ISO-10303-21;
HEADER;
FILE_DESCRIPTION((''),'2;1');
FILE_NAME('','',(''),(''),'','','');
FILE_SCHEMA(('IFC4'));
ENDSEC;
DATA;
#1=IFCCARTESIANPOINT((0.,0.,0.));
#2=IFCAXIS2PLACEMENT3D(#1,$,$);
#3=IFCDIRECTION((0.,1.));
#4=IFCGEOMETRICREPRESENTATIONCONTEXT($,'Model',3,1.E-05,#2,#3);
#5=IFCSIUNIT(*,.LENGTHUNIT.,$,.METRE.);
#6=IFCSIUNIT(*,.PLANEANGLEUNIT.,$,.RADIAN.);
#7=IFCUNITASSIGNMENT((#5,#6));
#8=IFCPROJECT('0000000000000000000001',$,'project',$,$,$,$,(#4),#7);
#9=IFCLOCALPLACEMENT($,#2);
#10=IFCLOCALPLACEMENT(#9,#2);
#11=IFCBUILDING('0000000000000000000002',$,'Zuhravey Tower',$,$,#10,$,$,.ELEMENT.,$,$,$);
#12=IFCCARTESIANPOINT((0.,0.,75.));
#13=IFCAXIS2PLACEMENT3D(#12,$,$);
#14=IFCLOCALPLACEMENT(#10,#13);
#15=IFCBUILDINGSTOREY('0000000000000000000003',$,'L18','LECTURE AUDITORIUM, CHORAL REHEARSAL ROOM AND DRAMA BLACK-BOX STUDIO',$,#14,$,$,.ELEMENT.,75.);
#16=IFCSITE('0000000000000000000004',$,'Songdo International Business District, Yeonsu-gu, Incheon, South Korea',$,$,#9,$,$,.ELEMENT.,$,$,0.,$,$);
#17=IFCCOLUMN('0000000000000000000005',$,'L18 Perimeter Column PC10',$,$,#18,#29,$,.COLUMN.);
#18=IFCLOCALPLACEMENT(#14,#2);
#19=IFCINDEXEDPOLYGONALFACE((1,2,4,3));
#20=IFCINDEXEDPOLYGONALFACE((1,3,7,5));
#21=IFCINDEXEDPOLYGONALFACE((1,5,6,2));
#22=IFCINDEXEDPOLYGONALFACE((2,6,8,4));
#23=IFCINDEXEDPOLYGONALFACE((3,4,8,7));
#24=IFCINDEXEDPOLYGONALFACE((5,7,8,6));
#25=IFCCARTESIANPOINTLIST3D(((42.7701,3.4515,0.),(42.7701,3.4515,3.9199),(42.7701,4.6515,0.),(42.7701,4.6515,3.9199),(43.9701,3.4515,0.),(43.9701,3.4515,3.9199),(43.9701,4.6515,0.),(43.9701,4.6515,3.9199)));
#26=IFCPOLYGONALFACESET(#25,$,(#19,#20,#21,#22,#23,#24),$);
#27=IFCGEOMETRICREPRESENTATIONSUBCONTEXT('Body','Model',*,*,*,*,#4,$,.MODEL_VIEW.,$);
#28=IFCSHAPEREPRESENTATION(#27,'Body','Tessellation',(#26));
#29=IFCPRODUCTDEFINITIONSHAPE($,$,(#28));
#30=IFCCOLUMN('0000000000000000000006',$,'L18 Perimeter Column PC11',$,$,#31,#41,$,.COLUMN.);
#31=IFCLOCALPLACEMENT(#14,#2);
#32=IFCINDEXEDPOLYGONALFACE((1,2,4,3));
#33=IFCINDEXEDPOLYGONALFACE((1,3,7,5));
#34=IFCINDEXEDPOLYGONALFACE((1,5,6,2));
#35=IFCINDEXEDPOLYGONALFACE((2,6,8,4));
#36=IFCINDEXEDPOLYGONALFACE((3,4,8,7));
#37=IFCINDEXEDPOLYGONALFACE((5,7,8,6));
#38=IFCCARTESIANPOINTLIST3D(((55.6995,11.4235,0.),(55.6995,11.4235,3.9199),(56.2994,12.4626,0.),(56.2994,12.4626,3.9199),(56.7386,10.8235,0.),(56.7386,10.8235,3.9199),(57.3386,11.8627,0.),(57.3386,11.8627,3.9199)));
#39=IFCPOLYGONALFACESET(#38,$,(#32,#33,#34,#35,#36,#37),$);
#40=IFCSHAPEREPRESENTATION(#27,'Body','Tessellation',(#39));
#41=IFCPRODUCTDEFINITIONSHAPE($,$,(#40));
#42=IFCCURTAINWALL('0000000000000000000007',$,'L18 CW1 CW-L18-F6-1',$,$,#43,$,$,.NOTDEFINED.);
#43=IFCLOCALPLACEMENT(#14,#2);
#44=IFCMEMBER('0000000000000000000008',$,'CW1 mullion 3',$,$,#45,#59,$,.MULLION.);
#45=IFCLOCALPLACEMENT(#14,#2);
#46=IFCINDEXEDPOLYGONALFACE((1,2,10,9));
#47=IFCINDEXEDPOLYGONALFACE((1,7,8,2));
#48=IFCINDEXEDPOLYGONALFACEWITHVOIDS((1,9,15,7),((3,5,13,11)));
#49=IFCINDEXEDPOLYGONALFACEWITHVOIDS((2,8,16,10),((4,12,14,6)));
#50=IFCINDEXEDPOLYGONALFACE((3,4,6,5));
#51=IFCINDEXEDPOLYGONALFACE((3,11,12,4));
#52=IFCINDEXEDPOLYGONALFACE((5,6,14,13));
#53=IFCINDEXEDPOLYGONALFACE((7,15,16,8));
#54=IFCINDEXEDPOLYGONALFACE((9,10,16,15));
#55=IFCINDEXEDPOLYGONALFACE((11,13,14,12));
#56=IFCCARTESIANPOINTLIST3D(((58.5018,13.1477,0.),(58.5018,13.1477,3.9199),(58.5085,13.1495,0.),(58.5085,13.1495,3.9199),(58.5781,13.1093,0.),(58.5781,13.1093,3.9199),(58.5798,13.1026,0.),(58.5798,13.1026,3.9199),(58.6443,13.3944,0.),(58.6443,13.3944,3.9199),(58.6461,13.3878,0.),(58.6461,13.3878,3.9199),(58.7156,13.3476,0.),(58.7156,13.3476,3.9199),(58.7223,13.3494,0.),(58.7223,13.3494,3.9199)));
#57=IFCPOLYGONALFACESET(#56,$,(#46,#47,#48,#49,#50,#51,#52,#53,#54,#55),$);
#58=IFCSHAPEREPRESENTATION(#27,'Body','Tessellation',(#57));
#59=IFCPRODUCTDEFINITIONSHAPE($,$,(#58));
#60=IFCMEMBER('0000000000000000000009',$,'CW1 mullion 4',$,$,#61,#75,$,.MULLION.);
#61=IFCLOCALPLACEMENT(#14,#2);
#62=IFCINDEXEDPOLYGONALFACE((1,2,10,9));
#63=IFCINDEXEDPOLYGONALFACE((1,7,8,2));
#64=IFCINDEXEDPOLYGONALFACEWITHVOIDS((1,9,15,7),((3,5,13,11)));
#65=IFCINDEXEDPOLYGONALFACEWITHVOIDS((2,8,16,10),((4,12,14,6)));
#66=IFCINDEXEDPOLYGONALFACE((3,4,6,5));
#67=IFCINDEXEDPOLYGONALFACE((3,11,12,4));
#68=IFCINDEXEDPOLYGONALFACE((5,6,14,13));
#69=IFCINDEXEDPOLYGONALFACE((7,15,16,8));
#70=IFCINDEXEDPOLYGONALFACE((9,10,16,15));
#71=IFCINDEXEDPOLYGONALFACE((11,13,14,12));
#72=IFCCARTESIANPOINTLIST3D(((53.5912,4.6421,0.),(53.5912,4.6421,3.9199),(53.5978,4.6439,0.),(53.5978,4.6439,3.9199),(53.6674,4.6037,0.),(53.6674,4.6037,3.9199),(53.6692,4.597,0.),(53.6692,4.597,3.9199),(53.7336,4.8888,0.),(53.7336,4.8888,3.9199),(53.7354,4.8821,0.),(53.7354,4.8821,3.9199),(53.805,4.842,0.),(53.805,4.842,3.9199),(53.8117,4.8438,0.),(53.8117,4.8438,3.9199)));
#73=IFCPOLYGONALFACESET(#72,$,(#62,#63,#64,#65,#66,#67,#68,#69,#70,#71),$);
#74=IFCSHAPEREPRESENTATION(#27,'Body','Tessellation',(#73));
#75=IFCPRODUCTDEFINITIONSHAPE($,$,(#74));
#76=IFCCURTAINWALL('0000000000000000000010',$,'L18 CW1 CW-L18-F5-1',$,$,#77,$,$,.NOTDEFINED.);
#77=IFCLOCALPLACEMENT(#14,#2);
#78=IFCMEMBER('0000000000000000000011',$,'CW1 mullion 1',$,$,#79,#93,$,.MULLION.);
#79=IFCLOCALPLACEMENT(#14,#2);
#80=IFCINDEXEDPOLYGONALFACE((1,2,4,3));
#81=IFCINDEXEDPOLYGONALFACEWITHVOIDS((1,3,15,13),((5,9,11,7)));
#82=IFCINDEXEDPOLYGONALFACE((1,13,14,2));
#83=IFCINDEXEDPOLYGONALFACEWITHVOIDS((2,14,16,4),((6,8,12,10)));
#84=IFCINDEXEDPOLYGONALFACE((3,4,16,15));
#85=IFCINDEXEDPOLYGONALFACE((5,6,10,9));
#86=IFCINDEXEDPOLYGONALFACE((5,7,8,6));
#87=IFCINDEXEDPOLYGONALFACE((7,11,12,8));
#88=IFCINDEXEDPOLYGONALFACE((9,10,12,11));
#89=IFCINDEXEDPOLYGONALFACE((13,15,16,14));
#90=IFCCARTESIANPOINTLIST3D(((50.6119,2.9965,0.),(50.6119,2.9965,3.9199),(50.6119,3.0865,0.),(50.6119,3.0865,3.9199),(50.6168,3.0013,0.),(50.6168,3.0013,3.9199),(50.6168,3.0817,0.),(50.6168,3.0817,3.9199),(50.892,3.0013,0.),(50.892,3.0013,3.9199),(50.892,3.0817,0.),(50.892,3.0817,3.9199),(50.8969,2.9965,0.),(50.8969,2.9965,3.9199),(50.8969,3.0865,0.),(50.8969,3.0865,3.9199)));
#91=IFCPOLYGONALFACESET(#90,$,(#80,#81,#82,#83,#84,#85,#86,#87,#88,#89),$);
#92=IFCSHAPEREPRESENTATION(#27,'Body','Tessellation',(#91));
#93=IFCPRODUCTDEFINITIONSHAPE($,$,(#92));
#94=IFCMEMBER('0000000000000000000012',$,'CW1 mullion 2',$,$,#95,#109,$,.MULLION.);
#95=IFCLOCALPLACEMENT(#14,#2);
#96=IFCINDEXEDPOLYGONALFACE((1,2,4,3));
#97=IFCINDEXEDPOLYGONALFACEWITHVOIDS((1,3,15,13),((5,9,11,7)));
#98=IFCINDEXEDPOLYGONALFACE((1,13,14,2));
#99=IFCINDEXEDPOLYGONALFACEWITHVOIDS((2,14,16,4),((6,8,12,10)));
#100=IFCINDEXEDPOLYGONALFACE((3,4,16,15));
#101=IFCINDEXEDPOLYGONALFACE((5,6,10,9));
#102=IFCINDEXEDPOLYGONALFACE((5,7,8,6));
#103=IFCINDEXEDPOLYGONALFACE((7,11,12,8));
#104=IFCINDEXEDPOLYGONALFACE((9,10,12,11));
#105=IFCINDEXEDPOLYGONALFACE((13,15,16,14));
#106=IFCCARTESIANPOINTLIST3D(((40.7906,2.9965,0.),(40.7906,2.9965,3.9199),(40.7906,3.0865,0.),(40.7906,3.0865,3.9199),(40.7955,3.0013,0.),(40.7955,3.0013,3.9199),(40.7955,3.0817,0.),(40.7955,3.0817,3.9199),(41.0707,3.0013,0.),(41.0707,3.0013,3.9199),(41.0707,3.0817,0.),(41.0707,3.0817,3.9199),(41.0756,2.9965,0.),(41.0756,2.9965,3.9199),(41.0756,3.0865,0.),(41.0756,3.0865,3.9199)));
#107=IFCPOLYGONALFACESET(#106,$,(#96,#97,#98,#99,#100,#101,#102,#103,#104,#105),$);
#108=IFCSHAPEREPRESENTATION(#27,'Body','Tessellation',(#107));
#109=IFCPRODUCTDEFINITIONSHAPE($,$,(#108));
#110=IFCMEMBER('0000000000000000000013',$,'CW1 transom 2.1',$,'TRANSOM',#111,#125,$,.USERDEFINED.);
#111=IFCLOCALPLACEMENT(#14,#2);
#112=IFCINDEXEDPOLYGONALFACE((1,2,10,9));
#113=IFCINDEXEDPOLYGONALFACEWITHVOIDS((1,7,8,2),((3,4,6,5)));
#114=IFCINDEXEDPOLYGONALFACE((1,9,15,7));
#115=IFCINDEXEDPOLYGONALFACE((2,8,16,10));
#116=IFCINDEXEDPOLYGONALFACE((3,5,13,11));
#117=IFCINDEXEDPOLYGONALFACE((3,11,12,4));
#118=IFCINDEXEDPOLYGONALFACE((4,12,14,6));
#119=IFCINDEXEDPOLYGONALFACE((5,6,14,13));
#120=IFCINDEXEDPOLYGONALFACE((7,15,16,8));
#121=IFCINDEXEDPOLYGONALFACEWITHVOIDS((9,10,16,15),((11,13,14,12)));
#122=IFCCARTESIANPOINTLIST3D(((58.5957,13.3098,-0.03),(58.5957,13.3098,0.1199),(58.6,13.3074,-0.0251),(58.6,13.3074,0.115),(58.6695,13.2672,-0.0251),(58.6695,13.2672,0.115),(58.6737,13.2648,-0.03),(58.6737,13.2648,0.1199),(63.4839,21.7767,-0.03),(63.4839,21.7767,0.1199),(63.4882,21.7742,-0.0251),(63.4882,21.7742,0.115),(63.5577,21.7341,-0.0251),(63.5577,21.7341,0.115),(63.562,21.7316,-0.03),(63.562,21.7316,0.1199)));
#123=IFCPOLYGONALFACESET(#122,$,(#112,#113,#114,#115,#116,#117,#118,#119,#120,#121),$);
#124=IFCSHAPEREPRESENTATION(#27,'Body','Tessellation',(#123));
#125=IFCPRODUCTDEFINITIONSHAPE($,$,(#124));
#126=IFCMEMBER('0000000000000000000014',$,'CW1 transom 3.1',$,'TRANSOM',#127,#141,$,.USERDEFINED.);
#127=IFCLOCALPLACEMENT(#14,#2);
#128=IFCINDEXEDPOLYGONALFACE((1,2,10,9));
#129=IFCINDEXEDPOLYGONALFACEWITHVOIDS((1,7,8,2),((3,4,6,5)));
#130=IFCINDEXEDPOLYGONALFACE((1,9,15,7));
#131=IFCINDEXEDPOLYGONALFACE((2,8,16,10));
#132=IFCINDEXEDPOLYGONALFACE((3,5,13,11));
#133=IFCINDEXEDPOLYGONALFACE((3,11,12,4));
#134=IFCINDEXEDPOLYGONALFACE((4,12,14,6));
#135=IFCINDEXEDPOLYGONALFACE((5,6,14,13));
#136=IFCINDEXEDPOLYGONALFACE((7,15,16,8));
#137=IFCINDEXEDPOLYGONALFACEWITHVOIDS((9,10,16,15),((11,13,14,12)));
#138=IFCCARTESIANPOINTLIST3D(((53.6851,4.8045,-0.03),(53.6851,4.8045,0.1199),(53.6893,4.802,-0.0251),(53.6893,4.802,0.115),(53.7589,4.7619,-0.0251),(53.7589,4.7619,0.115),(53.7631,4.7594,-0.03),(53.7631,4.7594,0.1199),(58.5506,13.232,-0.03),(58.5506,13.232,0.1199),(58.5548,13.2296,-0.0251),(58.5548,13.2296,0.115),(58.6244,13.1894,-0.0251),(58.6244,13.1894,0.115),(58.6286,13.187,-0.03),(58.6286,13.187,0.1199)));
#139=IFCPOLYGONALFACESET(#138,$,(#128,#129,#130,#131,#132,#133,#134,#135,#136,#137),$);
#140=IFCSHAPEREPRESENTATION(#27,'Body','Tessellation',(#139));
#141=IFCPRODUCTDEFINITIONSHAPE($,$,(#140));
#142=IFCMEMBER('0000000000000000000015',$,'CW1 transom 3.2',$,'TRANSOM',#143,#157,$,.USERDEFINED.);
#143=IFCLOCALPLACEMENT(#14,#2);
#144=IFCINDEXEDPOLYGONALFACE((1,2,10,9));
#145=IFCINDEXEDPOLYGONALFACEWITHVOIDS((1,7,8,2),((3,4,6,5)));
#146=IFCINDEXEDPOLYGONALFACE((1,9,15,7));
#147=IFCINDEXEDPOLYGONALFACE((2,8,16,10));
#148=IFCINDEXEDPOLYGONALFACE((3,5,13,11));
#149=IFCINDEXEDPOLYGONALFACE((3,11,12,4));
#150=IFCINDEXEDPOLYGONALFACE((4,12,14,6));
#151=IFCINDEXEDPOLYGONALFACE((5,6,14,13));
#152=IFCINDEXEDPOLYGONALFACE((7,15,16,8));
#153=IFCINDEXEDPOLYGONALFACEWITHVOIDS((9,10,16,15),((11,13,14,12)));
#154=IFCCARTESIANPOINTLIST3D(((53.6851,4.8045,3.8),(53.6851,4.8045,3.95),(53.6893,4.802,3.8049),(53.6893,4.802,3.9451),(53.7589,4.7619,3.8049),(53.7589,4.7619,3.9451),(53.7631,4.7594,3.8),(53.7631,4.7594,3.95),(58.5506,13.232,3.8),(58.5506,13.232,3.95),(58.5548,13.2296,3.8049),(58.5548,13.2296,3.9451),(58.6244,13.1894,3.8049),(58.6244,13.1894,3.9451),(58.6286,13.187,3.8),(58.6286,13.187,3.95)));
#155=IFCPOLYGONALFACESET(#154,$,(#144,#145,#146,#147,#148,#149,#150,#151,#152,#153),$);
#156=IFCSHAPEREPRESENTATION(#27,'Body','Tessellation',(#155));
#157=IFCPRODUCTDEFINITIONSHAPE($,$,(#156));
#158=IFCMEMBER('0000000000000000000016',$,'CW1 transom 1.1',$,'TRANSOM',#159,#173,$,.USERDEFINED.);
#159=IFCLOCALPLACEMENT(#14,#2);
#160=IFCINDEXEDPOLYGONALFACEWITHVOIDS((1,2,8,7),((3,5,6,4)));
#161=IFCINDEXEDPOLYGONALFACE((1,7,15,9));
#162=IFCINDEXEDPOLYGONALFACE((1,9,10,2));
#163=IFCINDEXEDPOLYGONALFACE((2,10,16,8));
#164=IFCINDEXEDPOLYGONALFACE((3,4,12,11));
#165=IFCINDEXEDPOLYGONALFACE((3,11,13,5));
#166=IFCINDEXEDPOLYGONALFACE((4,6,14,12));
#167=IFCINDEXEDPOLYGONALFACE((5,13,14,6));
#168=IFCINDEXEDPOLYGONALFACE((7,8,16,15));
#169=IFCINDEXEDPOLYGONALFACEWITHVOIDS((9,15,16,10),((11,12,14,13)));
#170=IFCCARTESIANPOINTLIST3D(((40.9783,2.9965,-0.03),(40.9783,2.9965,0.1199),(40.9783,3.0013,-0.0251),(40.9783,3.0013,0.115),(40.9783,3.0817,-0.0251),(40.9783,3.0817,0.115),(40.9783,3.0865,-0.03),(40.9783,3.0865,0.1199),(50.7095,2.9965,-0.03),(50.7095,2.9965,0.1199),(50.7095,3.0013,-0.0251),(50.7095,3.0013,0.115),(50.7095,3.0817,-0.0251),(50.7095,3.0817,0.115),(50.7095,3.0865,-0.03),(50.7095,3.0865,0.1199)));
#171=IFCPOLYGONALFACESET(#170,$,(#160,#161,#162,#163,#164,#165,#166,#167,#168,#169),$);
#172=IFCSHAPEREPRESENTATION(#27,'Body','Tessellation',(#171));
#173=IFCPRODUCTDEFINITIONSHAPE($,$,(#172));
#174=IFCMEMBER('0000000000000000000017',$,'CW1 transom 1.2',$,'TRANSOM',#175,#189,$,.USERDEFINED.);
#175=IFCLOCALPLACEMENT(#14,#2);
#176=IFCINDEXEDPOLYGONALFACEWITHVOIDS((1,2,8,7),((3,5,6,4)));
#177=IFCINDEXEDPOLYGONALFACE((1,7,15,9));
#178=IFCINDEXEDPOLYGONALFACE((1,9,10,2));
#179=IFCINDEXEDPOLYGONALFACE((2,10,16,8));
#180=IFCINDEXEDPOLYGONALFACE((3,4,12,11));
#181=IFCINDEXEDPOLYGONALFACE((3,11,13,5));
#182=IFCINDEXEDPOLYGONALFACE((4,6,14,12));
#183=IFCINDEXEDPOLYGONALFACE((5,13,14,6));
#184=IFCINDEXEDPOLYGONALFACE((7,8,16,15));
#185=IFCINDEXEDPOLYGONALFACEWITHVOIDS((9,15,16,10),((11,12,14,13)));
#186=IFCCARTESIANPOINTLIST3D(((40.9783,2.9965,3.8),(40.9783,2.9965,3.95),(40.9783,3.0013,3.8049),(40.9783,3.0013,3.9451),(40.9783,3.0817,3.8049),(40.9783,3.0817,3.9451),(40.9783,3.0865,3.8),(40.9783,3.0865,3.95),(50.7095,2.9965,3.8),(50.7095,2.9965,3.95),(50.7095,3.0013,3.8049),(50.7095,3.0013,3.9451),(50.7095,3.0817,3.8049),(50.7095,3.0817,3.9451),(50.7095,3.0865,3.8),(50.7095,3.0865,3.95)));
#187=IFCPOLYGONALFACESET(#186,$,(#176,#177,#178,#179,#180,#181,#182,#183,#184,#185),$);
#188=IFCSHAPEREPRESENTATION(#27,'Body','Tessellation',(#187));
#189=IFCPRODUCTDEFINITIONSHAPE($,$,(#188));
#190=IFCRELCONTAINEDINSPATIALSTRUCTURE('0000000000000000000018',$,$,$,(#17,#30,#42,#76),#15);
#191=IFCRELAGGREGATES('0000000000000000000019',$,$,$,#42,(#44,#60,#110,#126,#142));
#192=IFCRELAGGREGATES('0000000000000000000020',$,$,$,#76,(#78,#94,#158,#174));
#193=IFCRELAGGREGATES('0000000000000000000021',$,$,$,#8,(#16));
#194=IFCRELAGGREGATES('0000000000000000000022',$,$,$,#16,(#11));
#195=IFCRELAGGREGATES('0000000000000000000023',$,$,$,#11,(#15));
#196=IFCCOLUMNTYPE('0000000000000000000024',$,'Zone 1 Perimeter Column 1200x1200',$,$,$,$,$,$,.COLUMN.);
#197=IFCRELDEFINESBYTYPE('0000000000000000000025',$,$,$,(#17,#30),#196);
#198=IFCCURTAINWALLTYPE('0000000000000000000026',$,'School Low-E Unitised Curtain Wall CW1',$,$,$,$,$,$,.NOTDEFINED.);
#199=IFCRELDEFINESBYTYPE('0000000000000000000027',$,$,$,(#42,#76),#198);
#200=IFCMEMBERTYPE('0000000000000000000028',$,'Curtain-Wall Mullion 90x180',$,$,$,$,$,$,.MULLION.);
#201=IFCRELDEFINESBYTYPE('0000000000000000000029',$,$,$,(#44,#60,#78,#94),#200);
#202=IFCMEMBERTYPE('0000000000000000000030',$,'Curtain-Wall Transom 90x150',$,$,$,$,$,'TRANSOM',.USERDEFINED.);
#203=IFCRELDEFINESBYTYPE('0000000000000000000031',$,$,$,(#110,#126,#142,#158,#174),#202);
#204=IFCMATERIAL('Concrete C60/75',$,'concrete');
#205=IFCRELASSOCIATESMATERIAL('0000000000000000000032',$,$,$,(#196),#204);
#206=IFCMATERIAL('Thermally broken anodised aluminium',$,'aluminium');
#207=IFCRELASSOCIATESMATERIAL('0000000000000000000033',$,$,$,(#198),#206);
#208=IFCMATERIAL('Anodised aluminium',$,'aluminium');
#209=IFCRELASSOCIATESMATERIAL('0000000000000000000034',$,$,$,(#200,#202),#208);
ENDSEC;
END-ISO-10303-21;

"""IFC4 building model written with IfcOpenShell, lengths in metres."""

from ifc_helpers import new_model, si_unit, direction, frame, origin, origin_2d, place, context, subcontext, project, spatial, rectangle, hollow_rectangle, extrude, material, material_profile, profile_set, type_object, element, aggregate, save


model = new_model("IFC4")

# Units and contexts
model_context = context("Model", 3, precision=1e-05, world=origin(), true_north=direction((0.0, 1.0)))
body_context = subcontext(model_context, "Body", "Model", "MODEL_VIEW")
ifc_project = project(units=[si_unit("LENGTHUNIT", "METRE"), si_unit("PLANEANGLEUNIT", "RADIAN")], contexts=[model_context])

# Site, building, storey
site_placement = place(None, origin())
site = spatial("IfcSite", under=ifc_project, at=site_placement, Name="Songdo International Business District, Yeonsu-gu, Incheon, South Korea", CompositionType="ELEMENT", RefElevation=0.0)
building_placement = place(site_placement, origin())
building = spatial("IfcBuilding", under=site, at=building_placement, Name="Zuhravey Tower", CompositionType="ELEMENT")
storey_placement = place(building_placement, frame((0.0, 0.0, 75.0)))
storey = spatial("IfcBuildingStorey", under=building, at=storey_placement, Name="L18", Description="LECTURE AUDITORIUM, CHORAL REHEARSAL ROOM AND DRAMA BLACK-BOX STUDIO", CompositionType="ELEMENT", Elevation=75.0)

# Columns
ifc_material_1 = material(Name="Concrete C60/75", Category="concrete")
ifc_material_profile_1 = material_profile(ifc_material_1, rectangle(XDim=1.2, YDim=1.2, at=origin_2d()), Name="RC-1200x1200")
ifc_profile_set_1 = profile_set([ifc_material_profile_1], Name="Concrete C60/75")
column_type = type_object("IfcColumnType", Name="Zone 1 Perimeter Column 1200x1200", PredefinedType="COLUMN", material=ifc_profile_set_1)
for number, where, z_axis, x_axis, name in (
    (1, (43.3701, 4.0515, 0.0), (0.0, 0.0, 1.0), (1.0, 0.0, 0.0), "L18 Perimeter Column PC10"),
    (2, (56.519, 11.6431, 0.0), (0.0, 0.0, 1.0), (0.5, 0.866025, 0.0), "L18 Perimeter Column PC11"),
):
    element("IfcColumn", number, at=place(storey_placement, frame(where, z_axis=z_axis, x_axis=x_axis)), inside=storey, type_object=column_type, Name=name, PredefinedType="COLUMN", context=body_context, shape_type="SweptSolid", body=[
        extrude(rectangle(XDim=1.2, YDim=1.2, at=origin_2d()), origin(), (0.0, 0.0, 1.0), 3.9199),
    ])

# Curtain walls, members
ifc_material_2 = material(Name="Thermally broken anodised aluminium", Category="aluminium")
curtain_wall_type = type_object("IfcCurtainWallType", Name="School Low-E Unitised Curtain Wall CW1", PredefinedType="NOTDEFINED", material=ifc_material_2)
curtain_wall_1_placement = place(storey_placement, origin())
curtain_wall_1 = element("IfcCurtainWall", 3, at=curtain_wall_1_placement, inside=storey, type_object=curtain_wall_type, Name="L18 CW1 CW-L18-F6-1", PredefinedType="NOTDEFINED")
ifc_material_3 = material(Name="Anodised aluminium", Category="aluminium")
ifc_material_profile_2 = material_profile(ifc_material_3, hollow_rectangle(XDim=0.0901, YDim=0.2849, WallThickness=0.0049, at=origin_2d()), Name="ALU-RHS-90x285x5")
ifc_profile_set_2 = profile_set([ifc_material_profile_2], Name="Anodised aluminium")
member_type_1 = type_object("IfcMemberType", Name="Curtain-Wall Mullion 90x180", PredefinedType="MULLION", material=ifc_profile_set_2)
member_1_placement = place(storey_placement, frame((58.6121, 13.2485, 0.0), z_axis=(0.0, 0.0, 1.0), x_axis=(0.866026, -0.5, 0.0)))
member_1 = element("IfcMember", 4, at=member_1_placement, type_object=member_type_1, Name="CW1 mullion 3", PredefinedType="MULLION", context=body_context, shape_type="SweptSolid", body=[
    extrude(hollow_rectangle(XDim=0.0901, YDim=0.2849, WallThickness=0.0049, at=origin_2d()), origin(), (0.0, 0.0, 1.0), 3.9199),
])
member_2_placement = place(storey_placement, frame((53.7014, 4.7429, 0.0), z_axis=(0.0, 0.0, 1.0), x_axis=(0.866026, -0.5, 0.0)))
member_2 = element("IfcMember", 5, at=member_2_placement, type_object=member_type_1, Name="CW1 mullion 4", PredefinedType="MULLION", context=body_context, shape_type="SweptSolid", body=[
    extrude(hollow_rectangle(XDim=0.0901, YDim=0.2849, WallThickness=0.0049, at=origin_2d()), origin(), (0.0, 0.0, 1.0), 3.9199),
])
curtain_wall_2_placement = place(storey_placement, origin())
curtain_wall_2 = element("IfcCurtainWall", 6, at=curtain_wall_2_placement, inside=storey, type_object=curtain_wall_type, Name="L18 CW1 CW-L18-F5-1", PredefinedType="NOTDEFINED")
member_3_placement = place(storey_placement, frame((50.7544, 3.0415, 0.0), z_axis=(0.0, 0.0, 1.0), x_axis=(0.0, -1.0, 0.0)))
member_3 = element("IfcMember", 7, at=member_3_placement, type_object=member_type_1, Name="CW1 mullion 1", PredefinedType="MULLION", context=body_context, shape_type="SweptSolid", body=[
    extrude(hollow_rectangle(XDim=0.0901, YDim=0.2849, WallThickness=0.0049, at=origin_2d()), origin(), (0.0, 0.0, 1.0), 3.9199),
])
member_4_placement = place(storey_placement, frame((40.9331, 3.0415, 0.0), z_axis=(0.0, 0.0, 1.0), x_axis=(0.0, -1.0, 0.0)))
member_4 = element("IfcMember", 8, at=member_4_placement, type_object=member_type_1, Name="CW1 mullion 2", PredefinedType="MULLION", context=body_context, shape_type="SweptSolid", body=[
    extrude(hollow_rectangle(XDim=0.0901, YDim=0.2849, WallThickness=0.0049, at=origin_2d()), origin(), (0.0, 0.0, 1.0), 3.9199),
])

# Members
ifc_material_profile_3 = material_profile(ifc_material_3, hollow_rectangle(XDim=0.0901, YDim=0.1499, WallThickness=0.0049, at=origin_2d()), Name="ALU-RHS-90x150x5")
ifc_profile_set_3 = profile_set([ifc_material_profile_3], Name="Anodised aluminium")
member_type_2 = type_object("IfcMemberType", Name="Curtain-Wall Transom 90x150", ElementType="TRANSOM", PredefinedType="USERDEFINED", material=ifc_profile_set_3)
member_5_placement = place(storey_placement, frame((63.5229, 21.7542, 0.0449), z_axis=(-0.49999, -0.866031, 0.0), x_axis=(0.866031, -0.49999, 0.0)))
member_5 = element("IfcMember", 9, at=member_5_placement, type_object=member_type_2, Name="CW1 transom 2.1", ObjectType="TRANSOM", PredefinedType="USERDEFINED", context=body_context, shape_type="SweptSolid", body=[
    extrude(hollow_rectangle(XDim=0.0901, YDim=0.1499, WallThickness=0.0049, at=origin_2d()), origin(), (0.0, 0.0, 1.0), 9.7766),
])
member_6_placement = place(storey_placement, frame((58.5896, 13.2095, 0.0449), z_axis=(-0.49999, -0.866031, 0.0), x_axis=(0.866031, -0.49999, 0.0)))
member_6 = element("IfcMember", 10, at=member_6_placement, type_object=member_type_2, Name="CW1 transom 3.1", ObjectType="TRANSOM", PredefinedType="USERDEFINED", context=body_context, shape_type="SweptSolid", body=[
    extrude(hollow_rectangle(XDim=0.0901, YDim=0.1499, WallThickness=0.0049, at=origin_2d()), origin(), (0.0, 0.0, 1.0), 9.7312),
])
member_7_placement = place(storey_placement, frame((58.5896, 13.2095, 3.875), z_axis=(-0.49999, -0.866031, 0.0), x_axis=(0.866031, -0.49999, 0.0)))
member_7 = element("IfcMember", 11, at=member_7_placement, type_object=member_type_2, Name="CW1 transom 3.2", ObjectType="TRANSOM", PredefinedType="USERDEFINED", context=body_context, shape_type="SweptSolid", body=[
    extrude(hollow_rectangle(XDim=0.0901, YDim=0.1499, WallThickness=0.0049, at=origin_2d()), origin(), (0.0, 0.0, 1.0), 9.7312),
])
member_8_placement = place(storey_placement, frame((50.7095, 3.0415, 0.0449), z_axis=(-1.0, 0.0, 0.0), x_axis=(0.0, -1.0, 0.0)))
member_8 = element("IfcMember", 12, at=member_8_placement, type_object=member_type_2, Name="CW1 transom 1.1", ObjectType="TRANSOM", PredefinedType="USERDEFINED", context=body_context, shape_type="SweptSolid", body=[
    extrude(hollow_rectangle(XDim=0.0901, YDim=0.1499, WallThickness=0.0049, at=origin_2d()), origin(), (0.0, 0.0, 1.0), 9.7312),
])
member_9_placement = place(storey_placement, frame((50.7095, 3.0415, 3.875), z_axis=(-1.0, 0.0, 0.0), x_axis=(0.0, -1.0, 0.0)))
member_9 = element("IfcMember", 13, at=member_9_placement, type_object=member_type_2, Name="CW1 transom 1.2", ObjectType="TRANSOM", PredefinedType="USERDEFINED", context=body_context, shape_type="SweptSolid", body=[
    extrude(hollow_rectangle(XDim=0.0901, YDim=0.1499, WallThickness=0.0049, at=origin_2d()), origin(), (0.0, 0.0, 1.0), 9.7312),
])

aggregate(curtain_wall_1, [member_1, member_2, member_5, member_6, member_7])
aggregate(curtain_wall_2, [member_3, member_4, member_8, member_9])

save(model, "model.ifc")
